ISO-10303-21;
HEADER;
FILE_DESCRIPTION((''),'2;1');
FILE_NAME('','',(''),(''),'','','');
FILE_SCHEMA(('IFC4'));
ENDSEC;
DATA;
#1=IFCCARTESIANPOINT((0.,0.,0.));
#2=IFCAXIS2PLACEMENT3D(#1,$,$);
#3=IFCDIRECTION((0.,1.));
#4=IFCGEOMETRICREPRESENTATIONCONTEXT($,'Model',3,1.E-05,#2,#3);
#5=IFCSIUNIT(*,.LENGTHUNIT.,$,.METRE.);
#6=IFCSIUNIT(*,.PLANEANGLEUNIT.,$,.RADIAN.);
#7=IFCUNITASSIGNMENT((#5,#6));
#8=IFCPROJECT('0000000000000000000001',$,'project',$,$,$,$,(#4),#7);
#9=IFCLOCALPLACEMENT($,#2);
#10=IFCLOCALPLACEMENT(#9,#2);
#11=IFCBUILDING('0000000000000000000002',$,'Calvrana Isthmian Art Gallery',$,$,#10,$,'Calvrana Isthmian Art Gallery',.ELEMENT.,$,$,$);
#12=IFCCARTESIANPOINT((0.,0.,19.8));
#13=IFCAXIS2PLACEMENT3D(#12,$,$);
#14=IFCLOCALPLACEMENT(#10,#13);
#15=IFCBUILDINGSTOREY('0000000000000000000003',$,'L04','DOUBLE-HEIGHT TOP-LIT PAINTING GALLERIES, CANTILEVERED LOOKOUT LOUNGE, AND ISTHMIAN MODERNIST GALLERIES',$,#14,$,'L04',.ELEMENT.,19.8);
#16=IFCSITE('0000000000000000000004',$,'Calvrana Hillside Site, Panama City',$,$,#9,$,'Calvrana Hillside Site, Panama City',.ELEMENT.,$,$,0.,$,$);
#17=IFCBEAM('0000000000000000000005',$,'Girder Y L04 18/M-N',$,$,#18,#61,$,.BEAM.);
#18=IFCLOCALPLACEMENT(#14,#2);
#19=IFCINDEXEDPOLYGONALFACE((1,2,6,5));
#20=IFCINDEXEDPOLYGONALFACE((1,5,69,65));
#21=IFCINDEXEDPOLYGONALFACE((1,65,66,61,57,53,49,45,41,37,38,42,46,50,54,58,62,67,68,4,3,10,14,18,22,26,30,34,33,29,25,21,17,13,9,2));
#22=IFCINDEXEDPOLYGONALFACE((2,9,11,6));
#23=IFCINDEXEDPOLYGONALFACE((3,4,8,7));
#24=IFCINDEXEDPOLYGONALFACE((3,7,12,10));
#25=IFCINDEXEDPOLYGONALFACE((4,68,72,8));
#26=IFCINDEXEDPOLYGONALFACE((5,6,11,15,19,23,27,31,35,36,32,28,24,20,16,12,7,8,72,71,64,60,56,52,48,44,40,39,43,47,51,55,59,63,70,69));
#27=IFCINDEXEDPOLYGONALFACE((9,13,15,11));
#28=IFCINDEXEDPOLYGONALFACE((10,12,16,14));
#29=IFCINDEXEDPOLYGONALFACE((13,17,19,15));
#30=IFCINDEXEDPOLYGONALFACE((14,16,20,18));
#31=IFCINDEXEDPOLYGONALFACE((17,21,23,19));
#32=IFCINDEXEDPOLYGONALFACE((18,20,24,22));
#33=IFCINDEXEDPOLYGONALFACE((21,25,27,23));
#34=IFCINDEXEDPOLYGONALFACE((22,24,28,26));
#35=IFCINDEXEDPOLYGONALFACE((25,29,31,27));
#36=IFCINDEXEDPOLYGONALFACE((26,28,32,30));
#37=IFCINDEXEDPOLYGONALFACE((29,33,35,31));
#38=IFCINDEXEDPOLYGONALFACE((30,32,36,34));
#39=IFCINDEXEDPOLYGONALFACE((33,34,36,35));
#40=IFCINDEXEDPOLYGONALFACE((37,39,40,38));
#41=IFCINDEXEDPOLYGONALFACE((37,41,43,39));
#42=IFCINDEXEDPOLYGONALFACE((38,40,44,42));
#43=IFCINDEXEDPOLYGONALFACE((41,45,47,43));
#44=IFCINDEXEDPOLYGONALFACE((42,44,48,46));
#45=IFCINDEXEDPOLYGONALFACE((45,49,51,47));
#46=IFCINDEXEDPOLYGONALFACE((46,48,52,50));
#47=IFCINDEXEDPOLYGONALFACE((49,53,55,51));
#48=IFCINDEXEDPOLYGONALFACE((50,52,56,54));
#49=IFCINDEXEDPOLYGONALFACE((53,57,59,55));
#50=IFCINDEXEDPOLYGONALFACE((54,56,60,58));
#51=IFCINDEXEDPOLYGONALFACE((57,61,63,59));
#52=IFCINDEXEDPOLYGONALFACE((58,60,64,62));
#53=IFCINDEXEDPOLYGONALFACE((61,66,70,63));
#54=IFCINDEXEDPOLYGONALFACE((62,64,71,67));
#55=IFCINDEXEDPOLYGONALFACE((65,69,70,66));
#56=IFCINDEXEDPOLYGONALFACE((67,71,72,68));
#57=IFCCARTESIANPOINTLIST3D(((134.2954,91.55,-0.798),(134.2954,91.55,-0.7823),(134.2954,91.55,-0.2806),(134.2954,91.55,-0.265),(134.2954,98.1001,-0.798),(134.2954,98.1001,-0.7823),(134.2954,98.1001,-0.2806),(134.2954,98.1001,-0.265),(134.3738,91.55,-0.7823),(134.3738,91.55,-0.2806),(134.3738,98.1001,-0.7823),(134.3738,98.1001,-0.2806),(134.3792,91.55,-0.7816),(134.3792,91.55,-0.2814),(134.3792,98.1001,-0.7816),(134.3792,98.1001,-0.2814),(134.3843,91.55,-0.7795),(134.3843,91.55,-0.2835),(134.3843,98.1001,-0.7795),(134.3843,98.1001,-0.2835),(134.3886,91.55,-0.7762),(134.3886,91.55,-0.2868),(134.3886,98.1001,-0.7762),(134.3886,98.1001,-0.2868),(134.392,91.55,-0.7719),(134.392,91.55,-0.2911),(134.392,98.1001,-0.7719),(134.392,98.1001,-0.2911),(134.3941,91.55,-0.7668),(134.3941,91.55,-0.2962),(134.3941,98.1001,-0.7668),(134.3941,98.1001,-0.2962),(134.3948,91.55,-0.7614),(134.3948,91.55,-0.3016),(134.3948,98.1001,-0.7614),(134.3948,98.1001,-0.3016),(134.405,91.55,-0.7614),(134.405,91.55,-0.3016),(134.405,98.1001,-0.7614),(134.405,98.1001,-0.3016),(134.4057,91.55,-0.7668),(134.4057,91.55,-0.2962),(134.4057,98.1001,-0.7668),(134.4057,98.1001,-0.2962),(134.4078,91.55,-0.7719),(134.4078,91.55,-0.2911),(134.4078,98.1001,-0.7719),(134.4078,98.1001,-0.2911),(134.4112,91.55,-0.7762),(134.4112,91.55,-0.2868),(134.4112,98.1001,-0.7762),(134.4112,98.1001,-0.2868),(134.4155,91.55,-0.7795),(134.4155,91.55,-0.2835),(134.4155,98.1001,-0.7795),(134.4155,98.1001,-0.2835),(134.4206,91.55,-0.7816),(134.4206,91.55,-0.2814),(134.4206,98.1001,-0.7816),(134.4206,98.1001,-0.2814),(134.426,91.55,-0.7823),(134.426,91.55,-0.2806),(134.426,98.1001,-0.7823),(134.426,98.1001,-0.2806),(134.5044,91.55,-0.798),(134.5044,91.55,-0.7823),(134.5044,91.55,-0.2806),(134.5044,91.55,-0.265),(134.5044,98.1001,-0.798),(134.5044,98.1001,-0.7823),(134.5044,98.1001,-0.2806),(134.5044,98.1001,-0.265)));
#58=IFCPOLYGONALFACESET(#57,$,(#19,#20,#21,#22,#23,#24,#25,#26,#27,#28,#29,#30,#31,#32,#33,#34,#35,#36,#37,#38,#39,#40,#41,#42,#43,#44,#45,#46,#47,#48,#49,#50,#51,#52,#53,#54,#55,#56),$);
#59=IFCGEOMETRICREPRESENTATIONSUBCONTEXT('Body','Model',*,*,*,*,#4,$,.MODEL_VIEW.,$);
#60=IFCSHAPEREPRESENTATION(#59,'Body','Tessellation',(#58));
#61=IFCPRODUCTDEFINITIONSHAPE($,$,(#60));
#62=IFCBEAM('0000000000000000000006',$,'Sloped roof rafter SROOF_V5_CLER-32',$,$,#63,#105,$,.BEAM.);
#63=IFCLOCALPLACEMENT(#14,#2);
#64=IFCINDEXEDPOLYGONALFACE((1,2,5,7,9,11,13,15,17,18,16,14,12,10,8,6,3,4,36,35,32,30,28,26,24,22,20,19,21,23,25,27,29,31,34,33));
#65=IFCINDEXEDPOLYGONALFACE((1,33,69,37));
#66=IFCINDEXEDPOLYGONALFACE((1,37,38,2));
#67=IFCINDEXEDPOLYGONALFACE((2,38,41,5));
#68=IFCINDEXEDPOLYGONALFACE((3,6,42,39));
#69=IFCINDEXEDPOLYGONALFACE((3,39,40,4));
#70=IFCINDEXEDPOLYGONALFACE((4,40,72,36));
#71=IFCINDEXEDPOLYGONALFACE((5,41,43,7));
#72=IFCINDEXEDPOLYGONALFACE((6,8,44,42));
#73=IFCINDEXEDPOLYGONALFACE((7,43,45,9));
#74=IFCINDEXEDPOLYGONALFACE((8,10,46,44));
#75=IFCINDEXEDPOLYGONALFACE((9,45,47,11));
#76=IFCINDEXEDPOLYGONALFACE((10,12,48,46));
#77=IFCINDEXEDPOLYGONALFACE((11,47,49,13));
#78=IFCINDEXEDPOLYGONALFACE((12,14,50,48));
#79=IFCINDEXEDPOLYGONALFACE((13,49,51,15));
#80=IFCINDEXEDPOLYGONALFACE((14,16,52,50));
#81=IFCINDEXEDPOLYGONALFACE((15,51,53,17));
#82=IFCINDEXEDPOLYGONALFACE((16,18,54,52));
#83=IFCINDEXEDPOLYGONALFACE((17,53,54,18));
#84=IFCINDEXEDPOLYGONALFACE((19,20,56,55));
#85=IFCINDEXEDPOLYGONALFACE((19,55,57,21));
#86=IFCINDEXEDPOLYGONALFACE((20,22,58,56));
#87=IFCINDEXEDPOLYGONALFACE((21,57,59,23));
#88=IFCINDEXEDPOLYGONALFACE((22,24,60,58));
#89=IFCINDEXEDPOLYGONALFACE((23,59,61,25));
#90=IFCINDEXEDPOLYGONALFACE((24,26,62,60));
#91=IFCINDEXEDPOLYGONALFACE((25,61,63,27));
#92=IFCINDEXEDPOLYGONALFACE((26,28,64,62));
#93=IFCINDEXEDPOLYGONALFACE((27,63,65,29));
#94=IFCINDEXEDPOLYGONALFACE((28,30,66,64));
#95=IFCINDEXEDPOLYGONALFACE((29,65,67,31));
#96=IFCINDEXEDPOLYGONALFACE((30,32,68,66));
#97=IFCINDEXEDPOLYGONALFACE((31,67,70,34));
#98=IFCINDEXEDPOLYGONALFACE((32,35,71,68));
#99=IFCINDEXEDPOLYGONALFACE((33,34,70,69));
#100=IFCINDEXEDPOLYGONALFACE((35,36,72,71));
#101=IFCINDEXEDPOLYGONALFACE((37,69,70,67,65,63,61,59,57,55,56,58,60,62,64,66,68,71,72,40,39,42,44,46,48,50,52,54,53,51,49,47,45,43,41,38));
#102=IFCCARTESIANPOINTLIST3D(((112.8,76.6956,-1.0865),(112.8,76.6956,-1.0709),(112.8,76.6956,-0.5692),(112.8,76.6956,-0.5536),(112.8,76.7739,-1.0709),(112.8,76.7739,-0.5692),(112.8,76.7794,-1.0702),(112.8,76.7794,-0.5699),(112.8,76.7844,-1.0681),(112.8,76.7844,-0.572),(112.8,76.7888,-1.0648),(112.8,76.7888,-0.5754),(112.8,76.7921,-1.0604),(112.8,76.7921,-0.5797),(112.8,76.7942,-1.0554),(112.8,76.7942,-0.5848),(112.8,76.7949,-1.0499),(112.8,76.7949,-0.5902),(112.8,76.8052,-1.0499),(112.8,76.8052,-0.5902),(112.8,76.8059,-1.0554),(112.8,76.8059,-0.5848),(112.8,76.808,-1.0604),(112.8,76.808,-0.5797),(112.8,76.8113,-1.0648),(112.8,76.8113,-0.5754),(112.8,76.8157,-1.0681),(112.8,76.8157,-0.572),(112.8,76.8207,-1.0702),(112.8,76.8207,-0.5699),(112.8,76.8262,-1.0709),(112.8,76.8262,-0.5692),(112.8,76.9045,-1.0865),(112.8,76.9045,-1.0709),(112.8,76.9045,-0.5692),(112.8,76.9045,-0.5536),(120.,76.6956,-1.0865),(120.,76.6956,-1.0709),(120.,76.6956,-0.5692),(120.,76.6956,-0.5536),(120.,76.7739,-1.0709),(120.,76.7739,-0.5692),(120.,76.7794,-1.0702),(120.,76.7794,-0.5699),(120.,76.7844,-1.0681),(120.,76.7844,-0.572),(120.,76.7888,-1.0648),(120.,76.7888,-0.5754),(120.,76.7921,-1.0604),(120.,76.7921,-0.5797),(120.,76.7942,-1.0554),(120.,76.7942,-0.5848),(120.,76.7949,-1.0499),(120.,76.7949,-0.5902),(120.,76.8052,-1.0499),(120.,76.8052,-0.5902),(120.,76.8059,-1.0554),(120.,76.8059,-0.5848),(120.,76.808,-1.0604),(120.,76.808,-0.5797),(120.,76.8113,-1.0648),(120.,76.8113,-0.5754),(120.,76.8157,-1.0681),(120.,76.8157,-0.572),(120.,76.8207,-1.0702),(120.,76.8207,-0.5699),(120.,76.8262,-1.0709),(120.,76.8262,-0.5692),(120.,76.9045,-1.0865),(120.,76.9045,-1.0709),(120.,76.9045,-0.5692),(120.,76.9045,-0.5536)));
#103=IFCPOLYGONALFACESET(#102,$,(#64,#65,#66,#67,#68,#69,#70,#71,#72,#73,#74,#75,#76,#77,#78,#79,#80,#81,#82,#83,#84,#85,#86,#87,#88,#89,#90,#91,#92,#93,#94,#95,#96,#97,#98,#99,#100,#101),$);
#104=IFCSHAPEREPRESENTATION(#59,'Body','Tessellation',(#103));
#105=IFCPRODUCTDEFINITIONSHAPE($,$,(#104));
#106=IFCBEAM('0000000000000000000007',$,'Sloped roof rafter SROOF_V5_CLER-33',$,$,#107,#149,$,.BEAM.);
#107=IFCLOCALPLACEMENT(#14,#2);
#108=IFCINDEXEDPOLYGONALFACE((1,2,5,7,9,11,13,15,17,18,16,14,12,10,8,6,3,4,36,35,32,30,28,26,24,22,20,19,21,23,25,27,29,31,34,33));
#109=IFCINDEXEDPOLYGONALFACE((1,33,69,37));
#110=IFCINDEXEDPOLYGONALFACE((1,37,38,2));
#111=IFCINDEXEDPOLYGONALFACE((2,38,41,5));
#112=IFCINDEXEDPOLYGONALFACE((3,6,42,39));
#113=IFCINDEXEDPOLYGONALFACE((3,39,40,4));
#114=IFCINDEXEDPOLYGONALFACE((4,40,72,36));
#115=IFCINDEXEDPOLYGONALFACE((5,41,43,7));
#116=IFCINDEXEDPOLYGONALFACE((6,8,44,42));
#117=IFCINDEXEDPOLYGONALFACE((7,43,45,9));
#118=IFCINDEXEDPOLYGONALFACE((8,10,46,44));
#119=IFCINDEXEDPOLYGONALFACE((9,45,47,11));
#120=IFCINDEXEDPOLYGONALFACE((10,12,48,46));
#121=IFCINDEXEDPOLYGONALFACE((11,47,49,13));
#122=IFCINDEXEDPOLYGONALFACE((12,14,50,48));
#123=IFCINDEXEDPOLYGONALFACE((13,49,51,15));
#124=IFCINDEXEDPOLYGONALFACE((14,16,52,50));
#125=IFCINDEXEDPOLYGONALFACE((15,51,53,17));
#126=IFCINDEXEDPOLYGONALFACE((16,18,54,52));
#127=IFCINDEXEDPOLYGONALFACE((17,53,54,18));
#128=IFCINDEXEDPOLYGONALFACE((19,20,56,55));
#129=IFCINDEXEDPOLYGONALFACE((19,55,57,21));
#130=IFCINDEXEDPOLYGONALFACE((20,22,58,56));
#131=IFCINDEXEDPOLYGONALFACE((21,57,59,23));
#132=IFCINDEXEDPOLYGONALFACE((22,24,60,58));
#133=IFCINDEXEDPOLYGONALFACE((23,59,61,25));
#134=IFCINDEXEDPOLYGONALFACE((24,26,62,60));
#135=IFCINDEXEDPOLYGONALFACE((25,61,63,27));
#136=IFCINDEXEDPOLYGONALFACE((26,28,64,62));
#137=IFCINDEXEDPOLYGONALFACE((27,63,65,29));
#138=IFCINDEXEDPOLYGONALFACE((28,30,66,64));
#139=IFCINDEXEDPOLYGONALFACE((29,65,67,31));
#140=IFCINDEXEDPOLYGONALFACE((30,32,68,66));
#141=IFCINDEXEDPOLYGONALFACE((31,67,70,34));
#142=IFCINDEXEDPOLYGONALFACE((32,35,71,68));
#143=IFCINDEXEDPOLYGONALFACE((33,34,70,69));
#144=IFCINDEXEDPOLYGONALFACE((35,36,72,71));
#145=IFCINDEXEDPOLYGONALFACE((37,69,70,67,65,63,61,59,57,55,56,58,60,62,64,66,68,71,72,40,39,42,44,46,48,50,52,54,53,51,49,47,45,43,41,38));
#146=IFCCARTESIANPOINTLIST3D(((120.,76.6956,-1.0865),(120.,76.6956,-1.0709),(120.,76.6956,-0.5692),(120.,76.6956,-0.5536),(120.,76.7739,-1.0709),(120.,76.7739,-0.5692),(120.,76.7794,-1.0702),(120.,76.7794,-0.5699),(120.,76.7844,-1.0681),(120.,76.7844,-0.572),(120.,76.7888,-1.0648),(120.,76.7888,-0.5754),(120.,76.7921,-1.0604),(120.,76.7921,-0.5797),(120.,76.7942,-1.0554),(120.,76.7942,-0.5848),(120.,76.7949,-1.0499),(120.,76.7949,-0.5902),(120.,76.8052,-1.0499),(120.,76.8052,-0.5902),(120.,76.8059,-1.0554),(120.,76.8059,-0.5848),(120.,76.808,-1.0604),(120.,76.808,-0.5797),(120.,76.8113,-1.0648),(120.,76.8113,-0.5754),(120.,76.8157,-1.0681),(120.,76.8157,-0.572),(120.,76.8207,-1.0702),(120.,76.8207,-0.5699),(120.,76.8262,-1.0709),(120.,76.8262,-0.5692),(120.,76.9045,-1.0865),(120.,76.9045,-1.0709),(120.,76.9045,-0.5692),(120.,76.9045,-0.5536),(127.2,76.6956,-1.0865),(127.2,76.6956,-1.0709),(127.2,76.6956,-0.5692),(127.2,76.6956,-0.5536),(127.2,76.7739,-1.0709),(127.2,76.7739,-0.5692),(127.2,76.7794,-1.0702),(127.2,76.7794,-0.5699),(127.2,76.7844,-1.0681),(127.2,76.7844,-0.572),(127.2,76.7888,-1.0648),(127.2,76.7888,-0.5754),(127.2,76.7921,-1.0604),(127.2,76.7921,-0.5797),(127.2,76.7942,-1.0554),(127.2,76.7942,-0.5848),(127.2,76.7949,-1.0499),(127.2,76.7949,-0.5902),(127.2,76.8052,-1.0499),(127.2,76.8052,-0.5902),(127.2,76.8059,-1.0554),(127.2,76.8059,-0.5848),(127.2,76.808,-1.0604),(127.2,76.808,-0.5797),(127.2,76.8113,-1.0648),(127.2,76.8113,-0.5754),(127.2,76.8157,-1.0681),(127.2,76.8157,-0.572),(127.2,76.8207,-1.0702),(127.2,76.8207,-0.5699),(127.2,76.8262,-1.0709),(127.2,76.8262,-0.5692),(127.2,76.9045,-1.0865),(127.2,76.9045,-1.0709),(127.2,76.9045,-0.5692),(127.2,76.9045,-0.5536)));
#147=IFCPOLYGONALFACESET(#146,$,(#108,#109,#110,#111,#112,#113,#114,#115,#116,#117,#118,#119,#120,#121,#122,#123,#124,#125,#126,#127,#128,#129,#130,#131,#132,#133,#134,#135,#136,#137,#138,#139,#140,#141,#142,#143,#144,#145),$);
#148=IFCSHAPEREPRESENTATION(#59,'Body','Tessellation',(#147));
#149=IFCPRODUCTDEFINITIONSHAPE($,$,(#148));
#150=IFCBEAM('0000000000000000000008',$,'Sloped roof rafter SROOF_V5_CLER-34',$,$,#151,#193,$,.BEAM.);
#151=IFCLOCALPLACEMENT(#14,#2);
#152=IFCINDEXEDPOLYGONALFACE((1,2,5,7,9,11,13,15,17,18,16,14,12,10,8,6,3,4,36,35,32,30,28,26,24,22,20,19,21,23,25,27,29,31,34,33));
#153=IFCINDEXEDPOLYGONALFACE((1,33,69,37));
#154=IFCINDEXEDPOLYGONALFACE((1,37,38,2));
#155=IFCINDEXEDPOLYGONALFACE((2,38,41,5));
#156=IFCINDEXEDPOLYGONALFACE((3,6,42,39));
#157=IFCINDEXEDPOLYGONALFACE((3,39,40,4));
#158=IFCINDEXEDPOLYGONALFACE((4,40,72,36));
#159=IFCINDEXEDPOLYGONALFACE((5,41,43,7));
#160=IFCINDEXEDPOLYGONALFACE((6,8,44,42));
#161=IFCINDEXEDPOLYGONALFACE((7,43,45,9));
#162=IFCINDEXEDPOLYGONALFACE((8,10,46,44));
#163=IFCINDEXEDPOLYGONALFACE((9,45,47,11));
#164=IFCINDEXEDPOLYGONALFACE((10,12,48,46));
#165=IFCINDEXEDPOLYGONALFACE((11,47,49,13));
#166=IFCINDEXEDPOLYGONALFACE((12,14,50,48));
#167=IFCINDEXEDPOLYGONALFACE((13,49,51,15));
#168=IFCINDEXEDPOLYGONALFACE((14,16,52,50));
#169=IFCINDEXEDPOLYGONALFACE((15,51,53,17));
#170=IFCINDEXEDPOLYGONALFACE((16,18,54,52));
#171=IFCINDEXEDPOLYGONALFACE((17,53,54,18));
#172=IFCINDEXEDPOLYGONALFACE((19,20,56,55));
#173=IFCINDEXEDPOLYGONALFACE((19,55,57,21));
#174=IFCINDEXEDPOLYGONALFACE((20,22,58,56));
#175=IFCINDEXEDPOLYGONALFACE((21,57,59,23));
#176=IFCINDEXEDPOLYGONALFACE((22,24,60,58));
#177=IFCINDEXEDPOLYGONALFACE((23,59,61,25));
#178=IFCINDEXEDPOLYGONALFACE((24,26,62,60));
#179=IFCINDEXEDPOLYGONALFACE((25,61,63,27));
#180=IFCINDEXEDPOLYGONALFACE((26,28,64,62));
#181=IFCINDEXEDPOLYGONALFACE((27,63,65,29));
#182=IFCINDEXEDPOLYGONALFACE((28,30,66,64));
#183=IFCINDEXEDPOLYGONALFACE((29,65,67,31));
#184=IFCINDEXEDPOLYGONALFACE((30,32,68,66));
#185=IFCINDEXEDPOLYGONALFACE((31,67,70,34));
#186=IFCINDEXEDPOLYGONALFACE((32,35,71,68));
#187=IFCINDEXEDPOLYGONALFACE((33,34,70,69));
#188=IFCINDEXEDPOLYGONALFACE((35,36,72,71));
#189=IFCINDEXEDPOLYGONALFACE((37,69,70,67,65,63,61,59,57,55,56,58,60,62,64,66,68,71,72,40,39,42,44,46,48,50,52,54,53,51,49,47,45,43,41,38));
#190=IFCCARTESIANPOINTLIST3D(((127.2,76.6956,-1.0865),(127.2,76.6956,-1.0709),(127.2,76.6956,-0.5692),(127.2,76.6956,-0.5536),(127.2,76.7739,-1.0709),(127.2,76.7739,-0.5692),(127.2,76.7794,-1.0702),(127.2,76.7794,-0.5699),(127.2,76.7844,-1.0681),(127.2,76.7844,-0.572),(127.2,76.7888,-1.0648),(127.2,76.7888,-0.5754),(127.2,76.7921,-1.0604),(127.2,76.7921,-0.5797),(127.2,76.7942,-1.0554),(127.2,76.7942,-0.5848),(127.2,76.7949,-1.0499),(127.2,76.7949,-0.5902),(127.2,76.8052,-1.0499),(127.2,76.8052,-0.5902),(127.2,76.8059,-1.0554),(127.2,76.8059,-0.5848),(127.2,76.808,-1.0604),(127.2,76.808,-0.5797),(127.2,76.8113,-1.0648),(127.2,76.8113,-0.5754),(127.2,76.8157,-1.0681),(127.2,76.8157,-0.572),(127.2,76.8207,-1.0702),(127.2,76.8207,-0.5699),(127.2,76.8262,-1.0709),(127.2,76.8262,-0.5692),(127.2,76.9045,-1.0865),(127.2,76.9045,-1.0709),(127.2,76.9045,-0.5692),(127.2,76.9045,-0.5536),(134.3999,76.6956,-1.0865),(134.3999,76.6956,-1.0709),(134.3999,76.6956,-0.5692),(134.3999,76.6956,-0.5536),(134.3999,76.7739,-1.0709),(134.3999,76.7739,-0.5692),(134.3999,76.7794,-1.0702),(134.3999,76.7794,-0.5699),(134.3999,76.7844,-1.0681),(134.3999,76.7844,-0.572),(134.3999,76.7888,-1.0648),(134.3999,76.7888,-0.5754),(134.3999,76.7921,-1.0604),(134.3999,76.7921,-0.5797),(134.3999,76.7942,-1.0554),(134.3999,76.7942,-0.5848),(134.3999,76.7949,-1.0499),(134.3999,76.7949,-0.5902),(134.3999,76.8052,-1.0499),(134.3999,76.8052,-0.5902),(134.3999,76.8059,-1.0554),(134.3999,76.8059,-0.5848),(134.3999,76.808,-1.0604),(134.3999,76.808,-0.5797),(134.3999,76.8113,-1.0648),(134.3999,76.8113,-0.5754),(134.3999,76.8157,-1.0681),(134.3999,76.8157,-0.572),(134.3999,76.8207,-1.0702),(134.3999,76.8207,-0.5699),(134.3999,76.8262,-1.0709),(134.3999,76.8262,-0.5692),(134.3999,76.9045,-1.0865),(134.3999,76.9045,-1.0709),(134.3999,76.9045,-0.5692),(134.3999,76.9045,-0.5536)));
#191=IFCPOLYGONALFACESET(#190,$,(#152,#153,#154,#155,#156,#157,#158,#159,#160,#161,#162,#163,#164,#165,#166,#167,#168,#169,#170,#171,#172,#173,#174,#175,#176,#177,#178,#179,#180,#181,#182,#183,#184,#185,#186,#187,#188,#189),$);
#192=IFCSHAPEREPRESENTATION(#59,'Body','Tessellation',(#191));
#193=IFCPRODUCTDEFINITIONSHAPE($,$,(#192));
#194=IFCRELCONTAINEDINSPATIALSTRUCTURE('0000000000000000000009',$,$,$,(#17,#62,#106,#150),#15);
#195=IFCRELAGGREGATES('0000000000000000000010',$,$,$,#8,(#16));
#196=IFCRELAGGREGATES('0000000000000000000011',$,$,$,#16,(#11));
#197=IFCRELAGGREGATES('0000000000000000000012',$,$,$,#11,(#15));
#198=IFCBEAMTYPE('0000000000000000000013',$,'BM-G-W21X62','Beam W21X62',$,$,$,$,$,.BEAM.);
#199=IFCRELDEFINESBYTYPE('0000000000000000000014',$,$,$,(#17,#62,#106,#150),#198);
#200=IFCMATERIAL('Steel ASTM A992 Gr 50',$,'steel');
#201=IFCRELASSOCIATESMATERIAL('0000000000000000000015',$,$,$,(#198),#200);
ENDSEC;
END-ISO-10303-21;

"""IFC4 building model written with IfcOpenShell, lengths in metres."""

from ifc_helpers import new_model, si_unit, direction, frame, origin, origin_2d, place, context, subcontext, project, spatial, i_section, extrude, material, material_profile, profile_set, type_object, element, save


model = new_model("IFC4")

# Units and contexts
model_context = context("Model", 3, precision=1e-05, world=origin(), true_north=direction((0.0, 1.0)))
body_context = subcontext(model_context, "Body", "Model", "MODEL_VIEW")
ifc_project = project(units=[si_unit("LENGTHUNIT", "METRE"), si_unit("PLANEANGLEUNIT", "RADIAN")], contexts=[model_context])

# Site, building, storey
site_placement = place(None, origin())
site = spatial("IfcSite", under=ifc_project, at=site_placement, Name="Calvrana Hillside Site, Panama City", LongName="Calvrana Hillside Site, Panama City", CompositionType="ELEMENT", RefElevation=0.0)
building_placement = place(site_placement, origin())
building = spatial("IfcBuilding", under=site, at=building_placement, Name="Calvrana Isthmian Art Gallery", LongName="Calvrana Isthmian Art Gallery", CompositionType="ELEMENT")
storey_placement = place(building_placement, frame((0.0, 0.0, 19.8)))
storey = spatial("IfcBuildingStorey", under=building, at=storey_placement, Name="L04", Description="DOUBLE-HEIGHT TOP-LIT PAINTING GALLERIES, CANTILEVERED LOOKOUT LOUNGE, AND ISTHMIAN MODERNIST GALLERIES", LongName="L04", CompositionType="ELEMENT", Elevation=19.8)

# Shared definitions
ifc_material_1 = material(Name="Steel ASTM A992 Gr 50", Category="steel")

# Beams
ifc_material_profile_1 = material_profile(ifc_material_1, i_section(OverallWidth=0.209, OverallDepth=0.533, WebThickness=0.0103, FlangeThickness=0.0156, FilletRadius=0.021, at=origin_2d()), Name="W21X62")
ifc_profile_set_1 = profile_set([ifc_material_profile_1], Name="Steel ASTM A992 Gr 50")
beam_type_1 = type_object("IfcBeamType", Name="BM-G-W21X62", Description="Beam W21X62", PredefinedType="BEAM", material=ifc_profile_set_1)
for number, where, z_axis, x_axis, name in (
    (1, (134.3999, 91.55, -0.5315), (0.0, 1.0, 0.0), (-1.0, 0.0, 0.0), "Girder Y L04 18/M-N"),
):
    element("IfcBeam", number, at=place(storey_placement, frame(where, z_axis=z_axis, x_axis=x_axis)), inside=storey, type_object=beam_type_1, Name=name, PredefinedType="BEAM", context=body_context, shape_type="SweptSolid", body=[
        extrude(i_section(OverallWidth=0.209, OverallDepth=0.533, WebThickness=0.0103, FlangeThickness=0.0156, FilletRadius=0.021, at=origin_2d()), origin(), (0.0, 0.0, 1.0), 6.55),
    ])
for number, where, z_axis, x_axis, name in (
    (2, (112.8, 76.8, -0.8201), (1.0, 0.0, 0.0), (0.0, 1.0, 0.0), "Sloped roof rafter SROOF_V5_CLER-32"),
    (3, (120.0, 76.8, -0.8201), (1.0, 0.0, 0.0), (0.0, 1.0, 0.0), "Sloped roof rafter SROOF_V5_CLER-33"),
    (4, (127.2, 76.8, -0.8201), (1.0, 0.0, 0.0), (0.0, 1.0, 0.0), "Sloped roof rafter SROOF_V5_CLER-34"),
):
    element("IfcBeam", number, at=place(storey_placement, frame(where, z_axis=z_axis, x_axis=x_axis)), inside=storey, type_object=beam_type_1, Name=name, PredefinedType="BEAM", context=body_context, shape_type="SweptSolid", body=[
        extrude(i_section(OverallWidth=0.209, OverallDepth=0.533, WebThickness=0.0103, FlangeThickness=0.0156, FilletRadius=0.021, at=origin_2d()), origin(), (0.0, 0.0, 1.0), 7.2),
    ])

save(model, "model.ifc")
